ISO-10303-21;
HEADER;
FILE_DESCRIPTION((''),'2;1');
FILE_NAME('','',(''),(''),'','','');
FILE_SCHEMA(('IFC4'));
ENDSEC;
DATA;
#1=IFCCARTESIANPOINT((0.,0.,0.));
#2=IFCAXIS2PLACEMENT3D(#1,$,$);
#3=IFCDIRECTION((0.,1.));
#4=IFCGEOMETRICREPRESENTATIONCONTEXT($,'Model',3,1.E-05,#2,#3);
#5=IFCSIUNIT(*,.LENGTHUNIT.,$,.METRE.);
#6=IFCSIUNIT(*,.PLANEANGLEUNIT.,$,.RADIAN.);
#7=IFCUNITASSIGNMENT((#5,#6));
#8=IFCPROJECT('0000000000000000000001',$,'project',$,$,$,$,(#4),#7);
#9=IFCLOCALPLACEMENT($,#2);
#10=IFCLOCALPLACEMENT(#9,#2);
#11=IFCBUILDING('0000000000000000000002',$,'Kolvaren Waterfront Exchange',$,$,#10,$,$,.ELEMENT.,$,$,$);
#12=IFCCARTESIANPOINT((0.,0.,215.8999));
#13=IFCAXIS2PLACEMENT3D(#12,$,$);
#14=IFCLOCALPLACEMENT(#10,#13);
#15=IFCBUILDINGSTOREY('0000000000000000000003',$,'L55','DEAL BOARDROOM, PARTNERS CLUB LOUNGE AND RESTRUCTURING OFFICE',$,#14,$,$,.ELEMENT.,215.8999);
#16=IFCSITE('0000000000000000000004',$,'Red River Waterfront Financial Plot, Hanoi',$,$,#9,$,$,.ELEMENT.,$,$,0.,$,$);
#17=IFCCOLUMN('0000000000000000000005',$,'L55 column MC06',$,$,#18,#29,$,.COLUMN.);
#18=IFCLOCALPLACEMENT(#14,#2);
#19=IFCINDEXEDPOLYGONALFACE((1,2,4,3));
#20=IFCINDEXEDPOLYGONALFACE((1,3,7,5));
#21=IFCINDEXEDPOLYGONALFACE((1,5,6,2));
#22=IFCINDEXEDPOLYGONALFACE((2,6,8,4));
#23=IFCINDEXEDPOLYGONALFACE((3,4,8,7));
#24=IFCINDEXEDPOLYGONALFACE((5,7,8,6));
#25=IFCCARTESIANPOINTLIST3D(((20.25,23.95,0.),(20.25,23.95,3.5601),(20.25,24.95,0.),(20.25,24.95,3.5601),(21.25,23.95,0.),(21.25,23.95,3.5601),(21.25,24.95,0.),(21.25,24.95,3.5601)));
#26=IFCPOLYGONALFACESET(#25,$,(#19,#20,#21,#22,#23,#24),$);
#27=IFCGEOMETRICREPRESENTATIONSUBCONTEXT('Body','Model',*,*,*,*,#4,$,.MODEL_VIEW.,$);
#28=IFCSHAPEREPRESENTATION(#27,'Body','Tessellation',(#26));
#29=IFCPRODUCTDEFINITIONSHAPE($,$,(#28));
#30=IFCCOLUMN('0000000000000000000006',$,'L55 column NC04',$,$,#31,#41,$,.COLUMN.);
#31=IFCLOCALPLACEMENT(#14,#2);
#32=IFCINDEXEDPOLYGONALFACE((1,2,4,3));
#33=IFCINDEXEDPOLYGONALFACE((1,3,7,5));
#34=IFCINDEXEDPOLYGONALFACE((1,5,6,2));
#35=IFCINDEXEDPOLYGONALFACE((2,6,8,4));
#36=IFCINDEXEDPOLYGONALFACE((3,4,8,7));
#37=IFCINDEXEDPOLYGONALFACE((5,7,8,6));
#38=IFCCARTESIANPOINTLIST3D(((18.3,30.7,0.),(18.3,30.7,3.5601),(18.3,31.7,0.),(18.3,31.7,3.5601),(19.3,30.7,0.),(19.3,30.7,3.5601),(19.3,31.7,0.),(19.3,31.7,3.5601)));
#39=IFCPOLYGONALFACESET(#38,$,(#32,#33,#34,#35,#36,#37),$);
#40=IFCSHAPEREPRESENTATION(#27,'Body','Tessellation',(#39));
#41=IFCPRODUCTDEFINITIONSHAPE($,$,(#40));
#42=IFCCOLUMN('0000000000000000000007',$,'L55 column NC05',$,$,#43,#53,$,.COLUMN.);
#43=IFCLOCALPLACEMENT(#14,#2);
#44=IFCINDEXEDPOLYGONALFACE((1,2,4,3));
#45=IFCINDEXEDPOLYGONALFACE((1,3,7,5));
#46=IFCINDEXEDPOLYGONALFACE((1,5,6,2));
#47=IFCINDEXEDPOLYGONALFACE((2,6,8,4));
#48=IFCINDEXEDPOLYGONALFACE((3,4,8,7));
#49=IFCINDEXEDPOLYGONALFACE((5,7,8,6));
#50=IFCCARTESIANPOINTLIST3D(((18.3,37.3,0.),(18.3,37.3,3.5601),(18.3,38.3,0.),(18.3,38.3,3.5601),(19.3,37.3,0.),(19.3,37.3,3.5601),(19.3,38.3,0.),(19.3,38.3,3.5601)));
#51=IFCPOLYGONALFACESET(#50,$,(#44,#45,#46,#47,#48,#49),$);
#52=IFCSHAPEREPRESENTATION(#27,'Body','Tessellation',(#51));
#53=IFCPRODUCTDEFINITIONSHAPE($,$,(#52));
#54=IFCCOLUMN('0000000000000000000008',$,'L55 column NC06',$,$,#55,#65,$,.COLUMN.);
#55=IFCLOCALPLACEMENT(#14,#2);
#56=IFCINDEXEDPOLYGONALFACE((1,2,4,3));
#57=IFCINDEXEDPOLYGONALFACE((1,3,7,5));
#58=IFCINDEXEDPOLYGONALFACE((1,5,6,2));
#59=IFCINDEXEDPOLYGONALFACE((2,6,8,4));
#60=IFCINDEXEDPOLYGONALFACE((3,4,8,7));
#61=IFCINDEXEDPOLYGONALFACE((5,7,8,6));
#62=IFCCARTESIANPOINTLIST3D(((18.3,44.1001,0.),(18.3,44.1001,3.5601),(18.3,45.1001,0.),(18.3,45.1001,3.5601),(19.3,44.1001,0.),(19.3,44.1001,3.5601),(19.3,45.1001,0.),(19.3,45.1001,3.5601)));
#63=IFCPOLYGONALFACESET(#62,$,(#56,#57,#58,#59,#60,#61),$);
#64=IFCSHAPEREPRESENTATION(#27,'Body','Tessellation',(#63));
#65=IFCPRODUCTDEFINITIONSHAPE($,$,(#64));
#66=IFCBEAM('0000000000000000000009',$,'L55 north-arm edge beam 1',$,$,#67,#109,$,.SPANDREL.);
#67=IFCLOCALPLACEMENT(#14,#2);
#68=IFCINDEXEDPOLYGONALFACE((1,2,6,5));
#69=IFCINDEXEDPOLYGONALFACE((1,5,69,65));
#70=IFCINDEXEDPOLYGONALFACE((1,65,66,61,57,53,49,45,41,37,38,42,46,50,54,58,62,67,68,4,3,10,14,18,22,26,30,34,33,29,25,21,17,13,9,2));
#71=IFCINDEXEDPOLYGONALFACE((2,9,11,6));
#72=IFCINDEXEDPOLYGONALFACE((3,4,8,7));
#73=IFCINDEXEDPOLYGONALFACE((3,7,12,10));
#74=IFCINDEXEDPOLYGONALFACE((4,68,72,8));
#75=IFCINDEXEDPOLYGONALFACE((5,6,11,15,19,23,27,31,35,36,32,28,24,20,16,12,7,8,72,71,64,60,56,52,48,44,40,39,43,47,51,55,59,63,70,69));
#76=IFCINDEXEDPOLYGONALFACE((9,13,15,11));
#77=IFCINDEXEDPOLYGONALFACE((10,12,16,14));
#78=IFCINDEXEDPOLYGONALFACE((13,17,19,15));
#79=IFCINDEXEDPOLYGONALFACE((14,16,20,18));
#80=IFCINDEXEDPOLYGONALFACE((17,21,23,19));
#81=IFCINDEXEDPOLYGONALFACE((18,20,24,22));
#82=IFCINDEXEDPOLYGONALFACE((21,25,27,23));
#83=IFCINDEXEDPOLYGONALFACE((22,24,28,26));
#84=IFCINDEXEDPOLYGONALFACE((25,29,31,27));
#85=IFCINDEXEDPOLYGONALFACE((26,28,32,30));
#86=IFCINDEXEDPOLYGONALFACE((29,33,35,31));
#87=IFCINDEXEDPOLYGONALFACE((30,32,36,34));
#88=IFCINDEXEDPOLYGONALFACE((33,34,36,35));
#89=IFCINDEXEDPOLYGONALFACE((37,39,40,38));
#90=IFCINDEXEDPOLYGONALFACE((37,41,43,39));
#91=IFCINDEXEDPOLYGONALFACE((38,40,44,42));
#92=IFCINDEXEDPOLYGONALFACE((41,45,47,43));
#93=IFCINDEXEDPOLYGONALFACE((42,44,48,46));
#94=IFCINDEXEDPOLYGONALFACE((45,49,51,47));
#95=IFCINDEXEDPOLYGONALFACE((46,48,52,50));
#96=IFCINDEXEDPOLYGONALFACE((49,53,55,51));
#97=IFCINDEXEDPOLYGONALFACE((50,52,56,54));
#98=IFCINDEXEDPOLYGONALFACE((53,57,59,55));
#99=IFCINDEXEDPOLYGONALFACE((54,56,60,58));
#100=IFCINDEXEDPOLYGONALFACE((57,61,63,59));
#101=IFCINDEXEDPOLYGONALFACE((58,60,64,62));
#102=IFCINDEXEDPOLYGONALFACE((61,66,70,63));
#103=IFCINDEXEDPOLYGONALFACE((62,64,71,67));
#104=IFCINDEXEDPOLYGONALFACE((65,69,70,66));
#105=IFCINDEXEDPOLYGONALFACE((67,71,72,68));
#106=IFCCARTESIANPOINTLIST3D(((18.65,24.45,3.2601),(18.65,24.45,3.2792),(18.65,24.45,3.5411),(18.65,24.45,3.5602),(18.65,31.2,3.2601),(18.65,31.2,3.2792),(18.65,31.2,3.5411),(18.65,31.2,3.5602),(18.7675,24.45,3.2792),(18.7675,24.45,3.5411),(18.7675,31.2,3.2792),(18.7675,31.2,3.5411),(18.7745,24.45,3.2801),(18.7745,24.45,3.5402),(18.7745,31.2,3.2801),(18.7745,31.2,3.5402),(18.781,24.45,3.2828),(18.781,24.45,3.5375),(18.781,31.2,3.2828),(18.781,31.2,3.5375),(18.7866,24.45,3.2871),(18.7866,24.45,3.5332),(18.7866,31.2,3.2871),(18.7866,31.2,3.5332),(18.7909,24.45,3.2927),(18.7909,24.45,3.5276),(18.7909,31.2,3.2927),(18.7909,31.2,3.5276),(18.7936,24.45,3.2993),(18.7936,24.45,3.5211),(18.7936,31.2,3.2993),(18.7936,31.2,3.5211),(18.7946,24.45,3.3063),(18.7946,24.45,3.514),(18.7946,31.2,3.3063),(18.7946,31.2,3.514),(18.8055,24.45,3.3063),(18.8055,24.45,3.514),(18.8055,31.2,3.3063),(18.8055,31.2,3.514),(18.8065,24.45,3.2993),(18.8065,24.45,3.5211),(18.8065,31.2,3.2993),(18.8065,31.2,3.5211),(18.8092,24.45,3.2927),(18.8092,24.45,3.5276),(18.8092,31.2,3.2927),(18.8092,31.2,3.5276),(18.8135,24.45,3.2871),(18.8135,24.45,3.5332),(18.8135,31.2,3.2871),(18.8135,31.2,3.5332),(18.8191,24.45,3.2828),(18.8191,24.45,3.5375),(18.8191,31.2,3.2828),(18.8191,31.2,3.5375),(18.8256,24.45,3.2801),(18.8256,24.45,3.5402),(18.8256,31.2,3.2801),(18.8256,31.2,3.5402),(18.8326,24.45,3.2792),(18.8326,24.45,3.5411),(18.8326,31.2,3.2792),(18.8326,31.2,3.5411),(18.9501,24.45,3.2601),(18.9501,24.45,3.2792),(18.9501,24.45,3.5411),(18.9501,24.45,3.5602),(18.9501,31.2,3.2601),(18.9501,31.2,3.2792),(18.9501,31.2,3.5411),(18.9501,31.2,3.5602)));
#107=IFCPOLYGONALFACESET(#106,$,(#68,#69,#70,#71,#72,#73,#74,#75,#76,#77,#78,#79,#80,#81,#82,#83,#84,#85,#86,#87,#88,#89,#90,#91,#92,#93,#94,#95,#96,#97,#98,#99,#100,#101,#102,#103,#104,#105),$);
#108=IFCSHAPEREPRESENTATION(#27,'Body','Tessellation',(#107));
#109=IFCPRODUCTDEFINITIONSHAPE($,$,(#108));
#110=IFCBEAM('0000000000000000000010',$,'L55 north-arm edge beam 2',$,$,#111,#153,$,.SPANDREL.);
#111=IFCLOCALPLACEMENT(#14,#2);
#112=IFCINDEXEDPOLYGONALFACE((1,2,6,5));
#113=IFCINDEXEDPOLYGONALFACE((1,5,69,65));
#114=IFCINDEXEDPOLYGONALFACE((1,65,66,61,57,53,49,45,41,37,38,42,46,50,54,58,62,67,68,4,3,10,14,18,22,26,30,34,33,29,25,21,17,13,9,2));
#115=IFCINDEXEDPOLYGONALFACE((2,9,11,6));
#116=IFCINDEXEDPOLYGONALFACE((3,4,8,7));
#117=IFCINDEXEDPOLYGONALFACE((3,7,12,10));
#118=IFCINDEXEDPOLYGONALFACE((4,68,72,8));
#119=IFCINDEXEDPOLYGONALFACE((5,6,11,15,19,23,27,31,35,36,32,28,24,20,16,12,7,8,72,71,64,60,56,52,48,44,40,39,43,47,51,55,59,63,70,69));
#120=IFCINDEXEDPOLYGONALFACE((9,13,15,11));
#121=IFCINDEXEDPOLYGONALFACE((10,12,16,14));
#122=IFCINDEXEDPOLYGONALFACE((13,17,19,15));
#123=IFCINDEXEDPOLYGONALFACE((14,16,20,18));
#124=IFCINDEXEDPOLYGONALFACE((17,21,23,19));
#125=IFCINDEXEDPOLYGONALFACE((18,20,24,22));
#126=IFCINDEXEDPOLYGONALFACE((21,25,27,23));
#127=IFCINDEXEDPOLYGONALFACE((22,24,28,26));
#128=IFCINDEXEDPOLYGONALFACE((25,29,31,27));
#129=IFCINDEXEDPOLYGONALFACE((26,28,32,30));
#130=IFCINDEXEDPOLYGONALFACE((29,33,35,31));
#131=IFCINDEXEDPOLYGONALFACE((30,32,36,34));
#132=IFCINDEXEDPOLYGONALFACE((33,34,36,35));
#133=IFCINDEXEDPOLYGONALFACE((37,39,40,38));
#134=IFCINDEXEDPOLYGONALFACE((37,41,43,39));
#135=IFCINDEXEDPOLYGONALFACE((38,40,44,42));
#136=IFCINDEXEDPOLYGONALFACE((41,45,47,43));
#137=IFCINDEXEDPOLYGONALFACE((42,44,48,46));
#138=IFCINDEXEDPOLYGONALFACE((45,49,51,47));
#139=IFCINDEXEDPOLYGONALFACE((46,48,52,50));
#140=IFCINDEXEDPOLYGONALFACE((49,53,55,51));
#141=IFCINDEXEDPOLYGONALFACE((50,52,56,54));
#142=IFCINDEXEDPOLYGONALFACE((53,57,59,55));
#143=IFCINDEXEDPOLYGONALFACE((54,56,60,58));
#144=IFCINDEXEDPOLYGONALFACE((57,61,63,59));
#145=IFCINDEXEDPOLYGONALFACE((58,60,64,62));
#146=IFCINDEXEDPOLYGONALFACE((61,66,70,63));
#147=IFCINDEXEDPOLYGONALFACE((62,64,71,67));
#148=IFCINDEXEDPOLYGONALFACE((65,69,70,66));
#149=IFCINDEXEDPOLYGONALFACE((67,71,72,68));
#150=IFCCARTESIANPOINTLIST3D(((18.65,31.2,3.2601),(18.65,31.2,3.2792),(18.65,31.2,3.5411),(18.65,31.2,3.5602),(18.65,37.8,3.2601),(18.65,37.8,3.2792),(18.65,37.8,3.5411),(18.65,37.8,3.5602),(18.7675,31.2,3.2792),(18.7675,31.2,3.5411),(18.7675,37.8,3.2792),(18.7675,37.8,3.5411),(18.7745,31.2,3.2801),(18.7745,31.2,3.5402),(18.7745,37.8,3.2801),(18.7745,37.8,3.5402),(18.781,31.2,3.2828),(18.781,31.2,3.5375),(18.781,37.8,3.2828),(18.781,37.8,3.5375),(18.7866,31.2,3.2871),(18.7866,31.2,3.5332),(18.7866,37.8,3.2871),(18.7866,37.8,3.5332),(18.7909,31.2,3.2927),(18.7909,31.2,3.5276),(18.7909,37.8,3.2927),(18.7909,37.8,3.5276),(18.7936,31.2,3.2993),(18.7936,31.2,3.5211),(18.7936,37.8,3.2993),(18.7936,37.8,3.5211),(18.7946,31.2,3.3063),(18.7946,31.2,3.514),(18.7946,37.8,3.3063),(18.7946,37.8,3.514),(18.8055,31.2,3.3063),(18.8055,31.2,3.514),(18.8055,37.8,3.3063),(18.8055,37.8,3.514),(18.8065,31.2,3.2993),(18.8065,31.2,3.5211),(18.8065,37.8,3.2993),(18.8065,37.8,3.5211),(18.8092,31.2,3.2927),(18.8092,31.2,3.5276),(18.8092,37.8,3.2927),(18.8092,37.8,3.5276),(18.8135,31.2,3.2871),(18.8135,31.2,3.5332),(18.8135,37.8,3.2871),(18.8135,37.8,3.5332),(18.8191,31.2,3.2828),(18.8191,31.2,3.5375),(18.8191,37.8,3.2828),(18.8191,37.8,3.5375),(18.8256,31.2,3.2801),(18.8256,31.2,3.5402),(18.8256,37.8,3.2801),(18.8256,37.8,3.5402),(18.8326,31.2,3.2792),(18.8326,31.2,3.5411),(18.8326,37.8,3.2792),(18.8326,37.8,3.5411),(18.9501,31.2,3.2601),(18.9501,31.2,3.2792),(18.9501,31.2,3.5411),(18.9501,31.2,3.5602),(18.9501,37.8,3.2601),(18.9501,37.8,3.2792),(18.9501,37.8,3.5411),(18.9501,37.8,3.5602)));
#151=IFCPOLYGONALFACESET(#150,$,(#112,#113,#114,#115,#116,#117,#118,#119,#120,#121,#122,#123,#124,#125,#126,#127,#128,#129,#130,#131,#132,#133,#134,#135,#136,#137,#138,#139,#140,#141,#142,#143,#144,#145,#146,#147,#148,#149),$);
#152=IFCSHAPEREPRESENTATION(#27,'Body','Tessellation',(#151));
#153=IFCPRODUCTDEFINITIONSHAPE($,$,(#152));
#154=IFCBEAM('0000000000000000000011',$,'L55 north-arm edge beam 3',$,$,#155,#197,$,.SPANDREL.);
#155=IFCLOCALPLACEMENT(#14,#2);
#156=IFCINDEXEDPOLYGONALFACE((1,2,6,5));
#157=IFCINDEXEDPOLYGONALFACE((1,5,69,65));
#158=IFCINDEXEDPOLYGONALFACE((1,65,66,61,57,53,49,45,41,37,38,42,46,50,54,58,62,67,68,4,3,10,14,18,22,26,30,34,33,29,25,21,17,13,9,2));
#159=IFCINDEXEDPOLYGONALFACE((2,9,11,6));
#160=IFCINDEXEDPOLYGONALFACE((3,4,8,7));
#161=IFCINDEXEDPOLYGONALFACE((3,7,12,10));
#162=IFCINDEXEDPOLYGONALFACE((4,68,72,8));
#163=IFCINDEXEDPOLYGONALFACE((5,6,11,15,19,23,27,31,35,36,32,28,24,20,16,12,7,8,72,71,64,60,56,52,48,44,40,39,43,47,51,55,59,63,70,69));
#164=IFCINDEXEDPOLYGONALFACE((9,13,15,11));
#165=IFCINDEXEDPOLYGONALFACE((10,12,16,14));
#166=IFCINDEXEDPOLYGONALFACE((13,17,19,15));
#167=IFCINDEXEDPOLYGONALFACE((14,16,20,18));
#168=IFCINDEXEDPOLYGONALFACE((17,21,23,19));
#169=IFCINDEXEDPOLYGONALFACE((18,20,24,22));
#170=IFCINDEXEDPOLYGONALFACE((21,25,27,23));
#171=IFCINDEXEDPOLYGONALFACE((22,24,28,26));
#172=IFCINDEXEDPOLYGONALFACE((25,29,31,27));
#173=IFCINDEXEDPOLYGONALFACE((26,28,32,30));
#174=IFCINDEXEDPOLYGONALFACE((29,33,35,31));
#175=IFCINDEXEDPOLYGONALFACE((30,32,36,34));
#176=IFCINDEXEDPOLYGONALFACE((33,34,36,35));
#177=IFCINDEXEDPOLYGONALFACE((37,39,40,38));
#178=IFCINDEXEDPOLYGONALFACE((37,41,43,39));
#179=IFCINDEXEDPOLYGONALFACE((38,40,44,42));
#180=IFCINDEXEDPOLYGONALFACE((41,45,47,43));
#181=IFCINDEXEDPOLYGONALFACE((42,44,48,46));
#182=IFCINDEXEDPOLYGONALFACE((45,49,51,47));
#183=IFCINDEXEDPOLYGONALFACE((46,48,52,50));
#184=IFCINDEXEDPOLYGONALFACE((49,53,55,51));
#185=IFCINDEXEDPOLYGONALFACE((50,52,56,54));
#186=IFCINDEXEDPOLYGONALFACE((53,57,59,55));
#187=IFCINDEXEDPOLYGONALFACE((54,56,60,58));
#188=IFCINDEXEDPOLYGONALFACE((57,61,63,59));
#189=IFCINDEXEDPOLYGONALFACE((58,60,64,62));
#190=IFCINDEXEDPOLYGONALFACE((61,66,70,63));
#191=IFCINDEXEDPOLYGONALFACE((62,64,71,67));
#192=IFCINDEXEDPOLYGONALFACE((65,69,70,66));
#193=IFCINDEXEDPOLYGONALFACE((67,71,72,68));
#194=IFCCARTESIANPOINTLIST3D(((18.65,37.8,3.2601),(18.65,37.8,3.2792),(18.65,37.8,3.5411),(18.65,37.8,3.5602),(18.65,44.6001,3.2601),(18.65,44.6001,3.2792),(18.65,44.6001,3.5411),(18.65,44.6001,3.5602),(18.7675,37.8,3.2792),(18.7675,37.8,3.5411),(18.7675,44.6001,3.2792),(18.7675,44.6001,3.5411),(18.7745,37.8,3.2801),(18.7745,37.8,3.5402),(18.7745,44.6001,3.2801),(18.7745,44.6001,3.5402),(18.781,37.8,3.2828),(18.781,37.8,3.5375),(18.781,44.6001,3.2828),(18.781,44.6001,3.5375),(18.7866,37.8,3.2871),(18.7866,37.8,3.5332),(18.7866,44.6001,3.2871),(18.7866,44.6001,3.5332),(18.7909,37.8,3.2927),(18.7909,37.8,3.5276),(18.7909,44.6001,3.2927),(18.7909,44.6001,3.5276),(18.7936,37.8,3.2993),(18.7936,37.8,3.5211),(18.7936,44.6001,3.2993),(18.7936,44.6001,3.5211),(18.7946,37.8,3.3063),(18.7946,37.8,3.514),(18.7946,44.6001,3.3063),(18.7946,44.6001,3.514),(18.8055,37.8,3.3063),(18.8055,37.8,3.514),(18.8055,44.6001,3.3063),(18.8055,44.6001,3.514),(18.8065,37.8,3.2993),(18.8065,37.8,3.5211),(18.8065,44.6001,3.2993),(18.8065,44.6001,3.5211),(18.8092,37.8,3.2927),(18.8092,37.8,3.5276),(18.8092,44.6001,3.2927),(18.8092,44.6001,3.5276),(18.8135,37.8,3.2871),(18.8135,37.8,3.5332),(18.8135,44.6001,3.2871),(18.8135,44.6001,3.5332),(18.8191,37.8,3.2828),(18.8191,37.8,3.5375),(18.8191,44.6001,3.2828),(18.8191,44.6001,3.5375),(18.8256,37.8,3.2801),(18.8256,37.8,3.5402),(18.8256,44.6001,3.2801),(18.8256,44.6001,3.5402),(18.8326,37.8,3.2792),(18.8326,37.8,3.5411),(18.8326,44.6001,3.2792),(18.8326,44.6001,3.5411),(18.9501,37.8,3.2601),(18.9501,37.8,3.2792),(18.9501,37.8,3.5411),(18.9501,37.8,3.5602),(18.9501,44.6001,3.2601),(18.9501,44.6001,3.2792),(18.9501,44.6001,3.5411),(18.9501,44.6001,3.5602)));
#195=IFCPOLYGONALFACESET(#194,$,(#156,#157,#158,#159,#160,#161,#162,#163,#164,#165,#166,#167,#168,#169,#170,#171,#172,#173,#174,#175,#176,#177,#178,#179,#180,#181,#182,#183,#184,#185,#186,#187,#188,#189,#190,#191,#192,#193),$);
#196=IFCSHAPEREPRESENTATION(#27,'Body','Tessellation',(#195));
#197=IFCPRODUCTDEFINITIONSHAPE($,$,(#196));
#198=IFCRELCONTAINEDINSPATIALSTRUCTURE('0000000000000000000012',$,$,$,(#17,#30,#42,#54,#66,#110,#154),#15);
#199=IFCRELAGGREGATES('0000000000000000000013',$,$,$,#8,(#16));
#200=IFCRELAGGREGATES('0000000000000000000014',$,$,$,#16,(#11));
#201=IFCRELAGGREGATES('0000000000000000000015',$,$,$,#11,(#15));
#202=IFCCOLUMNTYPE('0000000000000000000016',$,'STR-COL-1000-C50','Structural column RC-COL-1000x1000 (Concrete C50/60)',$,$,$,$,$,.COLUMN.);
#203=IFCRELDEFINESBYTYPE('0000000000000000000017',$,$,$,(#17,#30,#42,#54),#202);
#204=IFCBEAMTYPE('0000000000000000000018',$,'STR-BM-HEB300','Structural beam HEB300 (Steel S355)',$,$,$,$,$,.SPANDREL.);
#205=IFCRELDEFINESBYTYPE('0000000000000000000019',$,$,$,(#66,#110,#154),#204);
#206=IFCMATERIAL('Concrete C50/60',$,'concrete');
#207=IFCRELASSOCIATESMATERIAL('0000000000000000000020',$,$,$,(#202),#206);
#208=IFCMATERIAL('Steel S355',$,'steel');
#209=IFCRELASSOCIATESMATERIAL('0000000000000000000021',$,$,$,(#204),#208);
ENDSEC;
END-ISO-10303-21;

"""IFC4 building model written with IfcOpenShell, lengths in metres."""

from ifc_helpers import new_model, si_unit, direction, frame, origin, origin_2d, place, context, subcontext, project, spatial, rectangle, i_section, extrude, material, material_profile, profile_set, type_object, element, save


model = new_model("IFC4")

# Units and contexts
model_context = context("Model", 3, precision=1e-05, world=origin(), true_north=direction((0.0, 1.0)))
body_context = subcontext(model_context, "Body", "Model", "MODEL_VIEW")
ifc_project = project(units=[si_unit("LENGTHUNIT", "METRE"), si_unit("PLANEANGLEUNIT", "RADIAN")], contexts=[model_context])

# Site, building, storey
site_placement = place(None, origin())
site = spatial("IfcSite", under=ifc_project, at=site_placement, Name="Red River Waterfront Financial Plot, Hanoi", CompositionType="ELEMENT", RefElevation=0.0)
building_placement = place(site_placement, origin())
building = spatial("IfcBuilding", under=site, at=building_placement, Name="Kolvaren Waterfront Exchange", CompositionType="ELEMENT")
storey_placement = place(building_placement, frame((0.0, 0.0, 215.8999)))
storey = spatial("IfcBuildingStorey", under=building, at=storey_placement, Name="L55", Description="DEAL BOARDROOM, PARTNERS CLUB LOUNGE AND RESTRUCTURING OFFICE", CompositionType="ELEMENT", Elevation=215.8999)

# Columns
ifc_material_1 = material(Name="Concrete C50/60", Category="concrete")
ifc_material_profile_1 = material_profile(ifc_material_1, rectangle(XDim=1.0, YDim=1.0, at=origin_2d()), Name="RC-COL-1000x1000")
ifc_profile_set_1 = profile_set([ifc_material_profile_1], Name="Concrete C50/60")
column_type = type_object("IfcColumnType", Name="STR-COL-1000-C50", Description="Structural column RC-COL-1000x1000 (Concrete C50/60)", PredefinedType="COLUMN", material=ifc_profile_set_1)
for number, where, z_axis, x_axis, name in (
    (1, (20.75, 24.45, 0.0), (0.0, 0.0, 1.0), (1.0, 0.0, 0.0), "L55 column MC06"),
    (2, (18.8, 31.2, 0.0), (0.0, 0.0, 1.0), (1.0, 0.0, 0.0), "L55 column NC04"),
    (3, (18.8, 37.8, 0.0), (0.0, 0.0, 1.0), (1.0, 0.0, 0.0), "L55 column NC05"),
    (4, (18.8, 44.6001, 0.0), (0.0, 0.0, 1.0), (1.0, 0.0, 0.0), "L55 column NC06"),
):
    element("IfcColumn", number, at=place(storey_placement, frame(where, z_axis=z_axis, x_axis=x_axis)), inside=storey, type_object=column_type, Name=name, PredefinedType="COLUMN", context=body_context, shape_type="SweptSolid", body=[
        extrude(rectangle(XDim=1.0, YDim=1.0, at=origin_2d()), origin(), (0.0, 0.0, 1.0), 3.5601),
    ])

# Beams
ifc_material_2 = material(Name="Steel S355", Category="steel")
ifc_material_profile_2 = material_profile(ifc_material_2, i_section(OverallWidth=0.3, OverallDepth=0.3, WebThickness=0.011, FlangeThickness=0.019, FilletRadius=0.0271, at=origin_2d()), Name="HEB300")
ifc_profile_set_2 = profile_set([ifc_material_profile_2], Name="Steel S355")
beam_type = type_object("IfcBeamType", Name="STR-BM-HEB300", Description="Structural beam HEB300 (Steel S355)", PredefinedType="SPANDREL", material=ifc_profile_set_2)
beam_1_placement = place(storey_placement, frame((18.8, 24.45, 3.4102), z_axis=(0.0, 1.0, 0.0), x_axis=(-1.0, 0.0, 0.0)))
element("IfcBeam", 5, at=beam_1_placement, inside=storey, type_object=beam_type, Name="L55 north-arm edge beam 1", PredefinedType="SPANDREL", context=body_context, shape_type="SweptSolid", body=[
    extrude(i_section(OverallWidth=0.3, OverallDepth=0.3, WebThickness=0.011, FlangeThickness=0.019, FilletRadius=0.0271, at=origin_2d()), origin(), (0.0, 0.0, 1.0), 6.75),
])
beam_2_placement = place(storey_placement, frame((18.8, 31.2, 3.4102), z_axis=(0.0, 1.0, 0.0), x_axis=(-1.0, 0.0, 0.0)))
element("IfcBeam", 6, at=beam_2_placement, inside=storey, type_object=beam_type, Name="L55 north-arm edge beam 2", PredefinedType="SPANDREL", context=body_context, shape_type="SweptSolid", body=[
    extrude(i_section(OverallWidth=0.3, OverallDepth=0.3, WebThickness=0.011, FlangeThickness=0.019, FilletRadius=0.0271, at=origin_2d()), origin(), (0.0, 0.0, 1.0), 6.6001),
])
beam_3_placement = place(storey_placement, frame((18.8, 37.8, 3.4102), z_axis=(0.0, 1.0, 0.0), x_axis=(-1.0, 0.0, 0.0)))
element("IfcBeam", 7, at=beam_3_placement, inside=storey, type_object=beam_type, Name="L55 north-arm edge beam 3", PredefinedType="SPANDREL", context=body_context, shape_type="SweptSolid", body=[
    extrude(i_section(OverallWidth=0.3, OverallDepth=0.3, WebThickness=0.011, FlangeThickness=0.019, FilletRadius=0.0271, at=origin_2d()), origin(), (0.0, 0.0, 1.0), 6.8),
])

save(model, "model.ifc")
